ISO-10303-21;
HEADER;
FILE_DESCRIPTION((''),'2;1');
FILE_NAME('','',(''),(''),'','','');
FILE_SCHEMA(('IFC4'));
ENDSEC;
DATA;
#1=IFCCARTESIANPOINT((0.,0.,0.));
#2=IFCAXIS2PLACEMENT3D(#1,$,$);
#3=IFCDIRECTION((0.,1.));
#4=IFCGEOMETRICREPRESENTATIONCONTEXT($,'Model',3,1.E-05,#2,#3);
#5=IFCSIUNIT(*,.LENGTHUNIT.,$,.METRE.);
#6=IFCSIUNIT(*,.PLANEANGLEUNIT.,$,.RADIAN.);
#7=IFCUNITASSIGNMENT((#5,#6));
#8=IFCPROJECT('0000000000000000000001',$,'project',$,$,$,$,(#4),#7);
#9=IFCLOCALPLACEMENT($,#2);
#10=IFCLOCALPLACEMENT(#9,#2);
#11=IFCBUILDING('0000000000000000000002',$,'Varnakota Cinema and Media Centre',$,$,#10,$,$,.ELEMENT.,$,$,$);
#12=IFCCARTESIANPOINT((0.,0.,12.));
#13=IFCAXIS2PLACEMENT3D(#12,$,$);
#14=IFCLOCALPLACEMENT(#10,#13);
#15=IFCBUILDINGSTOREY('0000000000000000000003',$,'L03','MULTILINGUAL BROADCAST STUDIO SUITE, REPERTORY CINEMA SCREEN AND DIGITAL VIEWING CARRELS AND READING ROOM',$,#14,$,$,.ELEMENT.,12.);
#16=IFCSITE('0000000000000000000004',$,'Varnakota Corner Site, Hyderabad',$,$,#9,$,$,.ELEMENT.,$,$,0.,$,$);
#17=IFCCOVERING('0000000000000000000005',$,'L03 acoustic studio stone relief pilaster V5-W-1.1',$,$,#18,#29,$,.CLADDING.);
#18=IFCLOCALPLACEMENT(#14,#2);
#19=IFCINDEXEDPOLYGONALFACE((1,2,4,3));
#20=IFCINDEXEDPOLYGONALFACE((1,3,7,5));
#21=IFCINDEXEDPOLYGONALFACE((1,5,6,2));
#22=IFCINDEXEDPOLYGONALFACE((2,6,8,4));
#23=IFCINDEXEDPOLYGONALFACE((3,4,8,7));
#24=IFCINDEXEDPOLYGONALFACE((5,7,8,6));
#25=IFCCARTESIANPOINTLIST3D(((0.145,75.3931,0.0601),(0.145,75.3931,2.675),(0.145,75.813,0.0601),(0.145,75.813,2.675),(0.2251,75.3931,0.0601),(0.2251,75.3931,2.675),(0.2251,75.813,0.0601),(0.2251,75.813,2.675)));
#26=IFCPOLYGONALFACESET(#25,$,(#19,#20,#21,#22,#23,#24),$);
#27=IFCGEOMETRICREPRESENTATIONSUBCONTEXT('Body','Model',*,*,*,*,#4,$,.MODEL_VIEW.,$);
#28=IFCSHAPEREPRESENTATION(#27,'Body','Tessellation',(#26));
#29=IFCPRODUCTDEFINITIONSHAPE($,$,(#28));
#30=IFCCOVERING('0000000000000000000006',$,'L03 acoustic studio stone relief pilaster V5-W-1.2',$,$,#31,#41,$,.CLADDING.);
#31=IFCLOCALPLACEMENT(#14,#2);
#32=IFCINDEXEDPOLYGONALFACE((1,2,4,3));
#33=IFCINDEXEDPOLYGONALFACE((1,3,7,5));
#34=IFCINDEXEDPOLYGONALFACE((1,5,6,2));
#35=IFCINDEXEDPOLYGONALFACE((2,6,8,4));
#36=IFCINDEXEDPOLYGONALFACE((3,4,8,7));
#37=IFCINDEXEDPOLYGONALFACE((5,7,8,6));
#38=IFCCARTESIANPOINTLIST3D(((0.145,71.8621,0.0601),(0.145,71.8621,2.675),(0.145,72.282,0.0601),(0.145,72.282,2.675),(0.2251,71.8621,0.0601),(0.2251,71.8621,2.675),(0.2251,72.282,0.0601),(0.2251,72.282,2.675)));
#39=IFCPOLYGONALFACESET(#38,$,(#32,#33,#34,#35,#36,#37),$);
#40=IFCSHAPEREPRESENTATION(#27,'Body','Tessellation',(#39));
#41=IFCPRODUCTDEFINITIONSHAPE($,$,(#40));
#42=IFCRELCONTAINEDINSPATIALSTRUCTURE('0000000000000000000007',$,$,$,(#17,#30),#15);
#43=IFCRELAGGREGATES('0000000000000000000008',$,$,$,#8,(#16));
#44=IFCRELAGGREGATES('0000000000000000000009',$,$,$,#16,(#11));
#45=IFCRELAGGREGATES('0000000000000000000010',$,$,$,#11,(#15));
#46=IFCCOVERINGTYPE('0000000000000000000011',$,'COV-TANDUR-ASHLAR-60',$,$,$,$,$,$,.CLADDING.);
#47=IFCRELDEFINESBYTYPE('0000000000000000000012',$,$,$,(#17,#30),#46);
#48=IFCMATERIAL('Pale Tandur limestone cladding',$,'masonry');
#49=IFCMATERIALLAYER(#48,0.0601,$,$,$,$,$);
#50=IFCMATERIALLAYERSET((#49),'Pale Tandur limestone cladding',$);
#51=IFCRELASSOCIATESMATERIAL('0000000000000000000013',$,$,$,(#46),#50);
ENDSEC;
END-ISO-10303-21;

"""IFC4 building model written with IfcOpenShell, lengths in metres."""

from ifc_helpers import new_model, si_unit, direction, frame, origin, origin_2d, place, context, subcontext, project, spatial, rectangle, extrude, material, layer, layer_set, type_object, element, save


model = new_model("IFC4")

# Units and contexts
model_context = context("Model", 3, precision=1e-05, world=origin(), true_north=direction((0.0, 1.0)))
body_context = subcontext(model_context, "Body", "Model", "MODEL_VIEW")
ifc_project = project(units=[si_unit("LENGTHUNIT", "METRE"), si_unit("PLANEANGLEUNIT", "RADIAN")], contexts=[model_context])

# Site, building, storey
site_placement = place(None, origin())
site = spatial("IfcSite", under=ifc_project, at=site_placement, Name="Varnakota Corner Site, Hyderabad", CompositionType="ELEMENT", RefElevation=0.0)
building_placement = place(site_placement, origin())
building = spatial("IfcBuilding", under=site, at=building_placement, Name="Varnakota Cinema and Media Centre", CompositionType="ELEMENT")
storey_placement = place(building_placement, frame((0.0, 0.0, 12.0)))
storey = spatial("IfcBuildingStorey", under=building, at=storey_placement, Name="L03", Description="MULTILINGUAL BROADCAST STUDIO SUITE, REPERTORY CINEMA SCREEN AND DIGITAL VIEWING CARRELS AND READING ROOM", CompositionType="ELEMENT", Elevation=12.0)

# Coverings
ifc_material_1 = material(Name="Pale Tandur limestone cladding", Category="masonry")
ifc_layer_1 = layer(ifc_material_1, 0.0601)
ifc_layer_set_1 = layer_set([ifc_layer_1], Name="Pale Tandur limestone cladding")
covering_type = type_object("IfcCoveringType", Name="COV-TANDUR-ASHLAR-60", PredefinedType="CLADDING", material=ifc_layer_set_1)
for number, where, z_axis, x_axis, name in (
    (1, (0.1851, 75.603, 0.0601), (0.0, 0.0, 1.0), (0.0, -1.0, 0.0), "L03 acoustic studio stone relief pilaster V5-W-1.1"),
    (2, (0.1851, 72.072, 0.0601), (0.0, 0.0, 1.0), (0.0, -1.0, 0.0), "L03 acoustic studio stone relief pilaster V5-W-1.2"),
):
    element("IfcCovering", number, at=place(storey_placement, frame(where, z_axis=z_axis, x_axis=x_axis)), inside=storey, type_object=covering_type, Name=name, PredefinedType="CLADDING", context=body_context, shape_type="SweptSolid", body=[
        extrude(rectangle(XDim=0.4199, YDim=0.0801, at=origin_2d()), origin(), (0.0, 0.0, 1.0), 2.615),
    ])

save(model, "model.ifc")
